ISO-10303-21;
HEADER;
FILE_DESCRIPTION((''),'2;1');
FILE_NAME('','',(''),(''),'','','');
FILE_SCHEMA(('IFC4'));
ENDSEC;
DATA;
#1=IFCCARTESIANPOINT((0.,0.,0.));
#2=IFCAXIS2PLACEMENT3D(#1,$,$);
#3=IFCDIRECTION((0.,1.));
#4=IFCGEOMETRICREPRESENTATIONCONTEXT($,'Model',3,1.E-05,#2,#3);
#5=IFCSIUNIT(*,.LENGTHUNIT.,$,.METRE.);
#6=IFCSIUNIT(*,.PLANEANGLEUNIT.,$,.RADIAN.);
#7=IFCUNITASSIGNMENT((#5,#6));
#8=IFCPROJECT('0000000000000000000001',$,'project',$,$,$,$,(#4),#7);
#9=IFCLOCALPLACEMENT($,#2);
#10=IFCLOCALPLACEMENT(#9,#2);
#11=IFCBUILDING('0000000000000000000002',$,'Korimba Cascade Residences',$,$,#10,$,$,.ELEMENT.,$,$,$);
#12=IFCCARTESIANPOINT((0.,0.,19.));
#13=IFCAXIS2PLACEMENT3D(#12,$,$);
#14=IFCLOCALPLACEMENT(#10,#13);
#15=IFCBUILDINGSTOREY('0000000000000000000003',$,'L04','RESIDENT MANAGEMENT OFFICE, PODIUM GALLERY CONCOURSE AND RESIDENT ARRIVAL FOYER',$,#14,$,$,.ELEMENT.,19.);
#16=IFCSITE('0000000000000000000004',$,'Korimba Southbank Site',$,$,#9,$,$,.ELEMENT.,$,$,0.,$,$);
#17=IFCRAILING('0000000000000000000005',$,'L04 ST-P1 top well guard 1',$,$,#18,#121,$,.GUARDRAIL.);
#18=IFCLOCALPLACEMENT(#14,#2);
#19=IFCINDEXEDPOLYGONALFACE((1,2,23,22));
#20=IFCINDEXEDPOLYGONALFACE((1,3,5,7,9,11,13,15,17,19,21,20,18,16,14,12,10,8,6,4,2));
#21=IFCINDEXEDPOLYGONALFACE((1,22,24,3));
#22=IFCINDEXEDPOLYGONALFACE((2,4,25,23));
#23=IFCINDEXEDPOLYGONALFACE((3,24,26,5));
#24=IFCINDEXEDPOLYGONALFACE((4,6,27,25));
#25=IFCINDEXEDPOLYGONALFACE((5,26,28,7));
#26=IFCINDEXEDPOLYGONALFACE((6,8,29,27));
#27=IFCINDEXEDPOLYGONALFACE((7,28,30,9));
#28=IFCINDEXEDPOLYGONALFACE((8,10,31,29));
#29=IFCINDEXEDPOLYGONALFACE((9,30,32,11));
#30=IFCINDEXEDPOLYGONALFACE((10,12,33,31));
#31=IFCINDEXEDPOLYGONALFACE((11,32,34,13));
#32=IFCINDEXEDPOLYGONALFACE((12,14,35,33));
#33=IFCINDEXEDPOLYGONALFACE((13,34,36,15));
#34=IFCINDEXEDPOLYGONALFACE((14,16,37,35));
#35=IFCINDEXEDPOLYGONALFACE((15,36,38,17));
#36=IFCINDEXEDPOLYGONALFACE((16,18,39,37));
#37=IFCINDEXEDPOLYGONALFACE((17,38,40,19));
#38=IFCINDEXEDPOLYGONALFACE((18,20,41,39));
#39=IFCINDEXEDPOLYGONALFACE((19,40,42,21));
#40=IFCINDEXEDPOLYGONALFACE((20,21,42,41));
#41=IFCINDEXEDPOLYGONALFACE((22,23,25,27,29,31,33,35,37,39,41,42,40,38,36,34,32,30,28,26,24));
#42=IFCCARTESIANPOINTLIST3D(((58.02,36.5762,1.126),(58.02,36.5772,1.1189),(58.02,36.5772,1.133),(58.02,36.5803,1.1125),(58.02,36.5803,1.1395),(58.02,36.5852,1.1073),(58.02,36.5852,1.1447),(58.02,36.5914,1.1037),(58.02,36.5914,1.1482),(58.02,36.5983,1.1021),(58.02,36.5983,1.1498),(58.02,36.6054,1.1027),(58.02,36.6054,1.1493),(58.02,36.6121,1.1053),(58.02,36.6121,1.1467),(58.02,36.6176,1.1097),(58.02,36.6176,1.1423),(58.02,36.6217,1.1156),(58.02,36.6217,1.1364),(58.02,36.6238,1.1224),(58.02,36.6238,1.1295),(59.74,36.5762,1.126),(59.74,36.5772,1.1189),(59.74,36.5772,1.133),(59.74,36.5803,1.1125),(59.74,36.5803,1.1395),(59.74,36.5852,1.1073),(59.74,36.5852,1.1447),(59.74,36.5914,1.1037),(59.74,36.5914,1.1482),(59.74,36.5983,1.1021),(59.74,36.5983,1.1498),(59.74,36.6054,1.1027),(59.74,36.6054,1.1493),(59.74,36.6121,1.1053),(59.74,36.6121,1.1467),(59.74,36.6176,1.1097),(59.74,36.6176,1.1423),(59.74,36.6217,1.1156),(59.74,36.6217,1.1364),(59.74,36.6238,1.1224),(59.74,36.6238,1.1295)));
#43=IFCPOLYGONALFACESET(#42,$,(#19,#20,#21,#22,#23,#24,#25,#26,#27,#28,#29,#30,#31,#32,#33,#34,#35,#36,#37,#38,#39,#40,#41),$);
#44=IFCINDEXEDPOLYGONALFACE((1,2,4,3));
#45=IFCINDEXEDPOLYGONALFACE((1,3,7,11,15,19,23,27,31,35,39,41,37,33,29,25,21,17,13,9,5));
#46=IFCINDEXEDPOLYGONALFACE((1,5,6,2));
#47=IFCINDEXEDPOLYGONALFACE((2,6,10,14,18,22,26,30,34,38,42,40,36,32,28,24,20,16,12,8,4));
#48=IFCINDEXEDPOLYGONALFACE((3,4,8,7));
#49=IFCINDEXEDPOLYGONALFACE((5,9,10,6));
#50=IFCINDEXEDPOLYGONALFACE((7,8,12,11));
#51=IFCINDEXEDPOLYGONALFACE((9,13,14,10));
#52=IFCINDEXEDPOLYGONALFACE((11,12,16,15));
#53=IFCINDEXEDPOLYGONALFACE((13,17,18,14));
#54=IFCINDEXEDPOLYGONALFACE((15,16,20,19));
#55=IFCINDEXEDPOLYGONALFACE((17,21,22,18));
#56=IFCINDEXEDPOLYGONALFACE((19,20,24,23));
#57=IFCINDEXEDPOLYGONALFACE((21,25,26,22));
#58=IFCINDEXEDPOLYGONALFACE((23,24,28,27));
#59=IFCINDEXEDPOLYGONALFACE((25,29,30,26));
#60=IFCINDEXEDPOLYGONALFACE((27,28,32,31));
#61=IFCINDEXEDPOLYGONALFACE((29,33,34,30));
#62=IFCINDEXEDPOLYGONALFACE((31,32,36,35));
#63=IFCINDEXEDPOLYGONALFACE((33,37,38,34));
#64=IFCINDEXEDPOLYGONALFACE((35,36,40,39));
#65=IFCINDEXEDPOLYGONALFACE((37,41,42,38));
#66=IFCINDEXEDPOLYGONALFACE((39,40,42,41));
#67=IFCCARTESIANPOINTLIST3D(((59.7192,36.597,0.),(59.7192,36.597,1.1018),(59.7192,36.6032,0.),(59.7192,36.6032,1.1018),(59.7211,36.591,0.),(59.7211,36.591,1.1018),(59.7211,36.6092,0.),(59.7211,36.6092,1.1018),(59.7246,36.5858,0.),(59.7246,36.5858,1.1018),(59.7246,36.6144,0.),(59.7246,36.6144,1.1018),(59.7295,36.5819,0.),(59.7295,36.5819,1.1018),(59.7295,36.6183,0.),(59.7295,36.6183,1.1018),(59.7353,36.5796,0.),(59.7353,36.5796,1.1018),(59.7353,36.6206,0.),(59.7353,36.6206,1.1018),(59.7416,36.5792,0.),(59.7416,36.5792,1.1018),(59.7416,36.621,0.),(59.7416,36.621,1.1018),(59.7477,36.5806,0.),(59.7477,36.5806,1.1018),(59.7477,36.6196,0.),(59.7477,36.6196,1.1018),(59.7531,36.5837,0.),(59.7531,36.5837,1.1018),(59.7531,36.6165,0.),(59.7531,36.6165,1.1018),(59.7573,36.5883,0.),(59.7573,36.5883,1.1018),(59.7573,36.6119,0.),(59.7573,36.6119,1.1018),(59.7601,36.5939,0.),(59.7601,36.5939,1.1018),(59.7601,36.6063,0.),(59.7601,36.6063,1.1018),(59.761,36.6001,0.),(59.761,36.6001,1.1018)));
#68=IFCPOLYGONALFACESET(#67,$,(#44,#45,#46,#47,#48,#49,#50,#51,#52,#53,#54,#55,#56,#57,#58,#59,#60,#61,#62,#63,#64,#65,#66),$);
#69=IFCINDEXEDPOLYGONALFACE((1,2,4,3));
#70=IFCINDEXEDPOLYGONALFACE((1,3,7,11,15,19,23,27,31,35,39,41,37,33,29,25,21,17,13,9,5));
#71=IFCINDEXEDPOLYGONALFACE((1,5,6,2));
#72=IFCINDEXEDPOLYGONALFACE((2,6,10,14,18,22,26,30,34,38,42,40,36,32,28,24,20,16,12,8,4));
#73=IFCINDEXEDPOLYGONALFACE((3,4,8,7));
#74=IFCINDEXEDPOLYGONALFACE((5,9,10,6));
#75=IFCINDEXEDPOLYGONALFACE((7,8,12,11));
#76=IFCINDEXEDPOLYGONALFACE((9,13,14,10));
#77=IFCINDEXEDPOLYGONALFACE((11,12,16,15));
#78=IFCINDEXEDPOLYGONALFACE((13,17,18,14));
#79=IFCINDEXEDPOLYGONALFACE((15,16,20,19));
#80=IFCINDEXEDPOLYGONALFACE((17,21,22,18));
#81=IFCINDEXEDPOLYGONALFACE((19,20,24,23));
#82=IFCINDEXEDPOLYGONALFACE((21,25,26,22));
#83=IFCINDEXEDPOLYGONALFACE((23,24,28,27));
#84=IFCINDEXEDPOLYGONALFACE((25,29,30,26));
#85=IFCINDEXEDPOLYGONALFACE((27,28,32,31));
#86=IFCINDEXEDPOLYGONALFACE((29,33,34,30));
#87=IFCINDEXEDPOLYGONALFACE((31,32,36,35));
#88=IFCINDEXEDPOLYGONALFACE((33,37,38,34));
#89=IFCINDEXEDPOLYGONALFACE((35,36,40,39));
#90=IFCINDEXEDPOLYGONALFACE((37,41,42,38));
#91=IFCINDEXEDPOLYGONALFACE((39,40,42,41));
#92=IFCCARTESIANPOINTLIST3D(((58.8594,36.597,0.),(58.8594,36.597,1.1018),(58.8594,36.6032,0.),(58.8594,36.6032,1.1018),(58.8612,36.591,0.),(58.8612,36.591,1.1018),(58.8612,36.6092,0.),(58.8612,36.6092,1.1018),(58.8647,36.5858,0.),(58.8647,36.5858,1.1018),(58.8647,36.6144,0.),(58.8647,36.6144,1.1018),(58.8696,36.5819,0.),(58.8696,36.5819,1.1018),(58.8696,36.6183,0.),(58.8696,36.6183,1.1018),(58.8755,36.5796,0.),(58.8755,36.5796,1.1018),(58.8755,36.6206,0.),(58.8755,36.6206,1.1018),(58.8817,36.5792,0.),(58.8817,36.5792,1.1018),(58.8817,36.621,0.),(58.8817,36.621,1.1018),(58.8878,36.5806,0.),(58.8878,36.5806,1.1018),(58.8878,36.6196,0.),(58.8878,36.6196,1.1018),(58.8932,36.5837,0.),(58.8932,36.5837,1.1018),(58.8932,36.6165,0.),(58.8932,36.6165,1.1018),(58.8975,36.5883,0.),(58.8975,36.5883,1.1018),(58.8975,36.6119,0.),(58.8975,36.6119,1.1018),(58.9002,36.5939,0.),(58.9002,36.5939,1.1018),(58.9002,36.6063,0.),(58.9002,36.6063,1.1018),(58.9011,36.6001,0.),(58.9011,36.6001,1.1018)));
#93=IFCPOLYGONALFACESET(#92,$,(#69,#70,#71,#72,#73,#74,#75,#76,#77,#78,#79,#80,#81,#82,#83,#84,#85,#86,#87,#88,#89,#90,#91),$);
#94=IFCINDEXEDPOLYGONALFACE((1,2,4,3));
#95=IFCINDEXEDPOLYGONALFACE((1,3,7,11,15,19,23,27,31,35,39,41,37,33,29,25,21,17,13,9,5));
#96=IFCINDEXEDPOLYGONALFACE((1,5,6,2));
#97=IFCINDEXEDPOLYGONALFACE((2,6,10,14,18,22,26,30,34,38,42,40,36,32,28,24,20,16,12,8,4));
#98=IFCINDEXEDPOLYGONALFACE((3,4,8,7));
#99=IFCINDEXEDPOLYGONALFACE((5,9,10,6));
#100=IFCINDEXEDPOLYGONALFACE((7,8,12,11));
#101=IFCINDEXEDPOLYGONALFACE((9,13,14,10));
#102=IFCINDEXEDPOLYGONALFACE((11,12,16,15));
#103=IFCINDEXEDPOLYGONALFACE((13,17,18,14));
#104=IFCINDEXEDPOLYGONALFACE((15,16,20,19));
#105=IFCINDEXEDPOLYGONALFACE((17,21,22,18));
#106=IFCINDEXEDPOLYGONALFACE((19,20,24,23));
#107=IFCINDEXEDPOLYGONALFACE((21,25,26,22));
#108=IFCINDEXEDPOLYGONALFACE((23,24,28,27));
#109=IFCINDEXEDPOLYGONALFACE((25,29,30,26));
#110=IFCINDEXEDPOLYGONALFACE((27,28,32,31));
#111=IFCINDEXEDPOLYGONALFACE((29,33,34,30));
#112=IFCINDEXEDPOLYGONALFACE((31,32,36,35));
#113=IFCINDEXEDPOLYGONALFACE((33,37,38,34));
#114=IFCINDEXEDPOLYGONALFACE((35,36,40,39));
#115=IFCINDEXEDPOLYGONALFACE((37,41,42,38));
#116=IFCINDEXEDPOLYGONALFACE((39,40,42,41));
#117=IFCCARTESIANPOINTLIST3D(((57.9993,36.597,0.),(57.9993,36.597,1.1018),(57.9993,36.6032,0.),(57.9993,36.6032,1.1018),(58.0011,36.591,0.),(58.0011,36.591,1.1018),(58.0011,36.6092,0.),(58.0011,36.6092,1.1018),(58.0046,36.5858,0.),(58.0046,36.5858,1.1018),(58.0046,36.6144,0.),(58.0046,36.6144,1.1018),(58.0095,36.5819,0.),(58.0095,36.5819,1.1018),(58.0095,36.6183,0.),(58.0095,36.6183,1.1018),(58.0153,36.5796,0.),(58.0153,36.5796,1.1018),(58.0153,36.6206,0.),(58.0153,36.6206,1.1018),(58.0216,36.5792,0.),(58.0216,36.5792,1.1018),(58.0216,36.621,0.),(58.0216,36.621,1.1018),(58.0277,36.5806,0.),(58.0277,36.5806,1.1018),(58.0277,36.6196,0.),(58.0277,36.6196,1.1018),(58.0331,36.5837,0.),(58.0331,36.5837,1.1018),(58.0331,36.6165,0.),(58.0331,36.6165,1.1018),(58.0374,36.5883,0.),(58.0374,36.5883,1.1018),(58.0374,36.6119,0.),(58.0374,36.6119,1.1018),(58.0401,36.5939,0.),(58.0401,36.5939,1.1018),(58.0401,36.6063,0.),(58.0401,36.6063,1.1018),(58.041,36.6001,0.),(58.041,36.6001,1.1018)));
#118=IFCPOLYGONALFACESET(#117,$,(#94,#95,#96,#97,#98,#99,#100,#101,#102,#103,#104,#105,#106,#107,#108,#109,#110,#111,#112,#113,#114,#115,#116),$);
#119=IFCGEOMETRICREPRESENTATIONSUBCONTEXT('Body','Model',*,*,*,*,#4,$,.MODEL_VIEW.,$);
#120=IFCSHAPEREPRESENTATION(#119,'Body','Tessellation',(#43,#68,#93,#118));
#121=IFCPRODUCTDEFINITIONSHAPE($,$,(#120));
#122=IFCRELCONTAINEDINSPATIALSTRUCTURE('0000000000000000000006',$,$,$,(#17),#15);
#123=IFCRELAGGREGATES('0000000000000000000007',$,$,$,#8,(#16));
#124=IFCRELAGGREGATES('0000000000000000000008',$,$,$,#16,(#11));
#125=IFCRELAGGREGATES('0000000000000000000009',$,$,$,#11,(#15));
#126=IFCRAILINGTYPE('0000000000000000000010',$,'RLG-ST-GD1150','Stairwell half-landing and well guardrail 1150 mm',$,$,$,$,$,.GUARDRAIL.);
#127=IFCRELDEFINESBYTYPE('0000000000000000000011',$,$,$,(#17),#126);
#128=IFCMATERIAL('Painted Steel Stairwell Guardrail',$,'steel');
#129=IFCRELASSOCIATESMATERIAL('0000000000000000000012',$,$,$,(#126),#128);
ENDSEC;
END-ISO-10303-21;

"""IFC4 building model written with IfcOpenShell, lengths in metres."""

from ifc_helpers import new_model, si_unit, direction, frame, origin, origin_2d, place, context, subcontext, project, spatial, circle, extrude, material, type_object, element, save


model = new_model("IFC4")

# Units and contexts
model_context = context("Model", 3, precision=1e-05, world=origin(), true_north=direction((0.0, 1.0)))
body_context = subcontext(model_context, "Body", "Model", "MODEL_VIEW")
ifc_project = project(units=[si_unit("LENGTHUNIT", "METRE"), si_unit("PLANEANGLEUNIT", "RADIAN")], contexts=[model_context])

# Site, building, storey
site_placement = place(None, origin())
site = spatial("IfcSite", under=ifc_project, at=site_placement, Name="Korimba Southbank Site", CompositionType="ELEMENT", RefElevation=0.0)
building_placement = place(site_placement, origin())
building = spatial("IfcBuilding", under=site, at=building_placement, Name="Korimba Cascade Residences", CompositionType="ELEMENT")
storey_placement = place(building_placement, frame((0.0, 0.0, 19.0)))
storey = spatial("IfcBuildingStorey", under=building, at=storey_placement, Name="L04", Description="RESIDENT MANAGEMENT OFFICE, PODIUM GALLERY CONCOURSE AND RESIDENT ARRIVAL FOYER", CompositionType="ELEMENT", Elevation=19.0)

# Railing
ifc_material_1 = material(Name="Painted Steel Stairwell Guardrail", Category="steel")
railing_type = type_object("IfcRailingType", Name="RLG-ST-GD1150", Description="Stairwell half-landing and well guardrail 1150 mm", PredefinedType="GUARDRAIL", material=ifc_material_1)
railing_placement = place(storey_placement, frame((59.74, 36.6001, 0.0)))
element("IfcRailing", 1, at=railing_placement, inside=storey, type_object=railing_type, Name="L04 ST-P1 top well guard 1", PredefinedType="GUARDRAIL", context=body_context, shape_type="SweptSolid", body=[
    extrude(circle(Radius=0.0239, at=origin_2d()), frame((0.0, 0.0, 1.126), z_axis=(-1.0, 0.0, 0.0), x_axis=(0.0, -1.0, 0.0)), (0.0, 0.0, 1.0), 1.72),
    extrude(circle(Radius=0.021, at=origin_2d()), origin(), (0.0, 0.0, 1.0), 1.1018),
    extrude(circle(Radius=0.021, at=origin_2d()), frame((-0.8599, 0.0, 0.0)), (0.0, 0.0, 1.0), 1.1018),
    extrude(circle(Radius=0.021, at=origin_2d()), frame((-1.72, 0.0, 0.0)), (0.0, 0.0, 1.0), 1.1018),
])

save(model, "model.ifc")
